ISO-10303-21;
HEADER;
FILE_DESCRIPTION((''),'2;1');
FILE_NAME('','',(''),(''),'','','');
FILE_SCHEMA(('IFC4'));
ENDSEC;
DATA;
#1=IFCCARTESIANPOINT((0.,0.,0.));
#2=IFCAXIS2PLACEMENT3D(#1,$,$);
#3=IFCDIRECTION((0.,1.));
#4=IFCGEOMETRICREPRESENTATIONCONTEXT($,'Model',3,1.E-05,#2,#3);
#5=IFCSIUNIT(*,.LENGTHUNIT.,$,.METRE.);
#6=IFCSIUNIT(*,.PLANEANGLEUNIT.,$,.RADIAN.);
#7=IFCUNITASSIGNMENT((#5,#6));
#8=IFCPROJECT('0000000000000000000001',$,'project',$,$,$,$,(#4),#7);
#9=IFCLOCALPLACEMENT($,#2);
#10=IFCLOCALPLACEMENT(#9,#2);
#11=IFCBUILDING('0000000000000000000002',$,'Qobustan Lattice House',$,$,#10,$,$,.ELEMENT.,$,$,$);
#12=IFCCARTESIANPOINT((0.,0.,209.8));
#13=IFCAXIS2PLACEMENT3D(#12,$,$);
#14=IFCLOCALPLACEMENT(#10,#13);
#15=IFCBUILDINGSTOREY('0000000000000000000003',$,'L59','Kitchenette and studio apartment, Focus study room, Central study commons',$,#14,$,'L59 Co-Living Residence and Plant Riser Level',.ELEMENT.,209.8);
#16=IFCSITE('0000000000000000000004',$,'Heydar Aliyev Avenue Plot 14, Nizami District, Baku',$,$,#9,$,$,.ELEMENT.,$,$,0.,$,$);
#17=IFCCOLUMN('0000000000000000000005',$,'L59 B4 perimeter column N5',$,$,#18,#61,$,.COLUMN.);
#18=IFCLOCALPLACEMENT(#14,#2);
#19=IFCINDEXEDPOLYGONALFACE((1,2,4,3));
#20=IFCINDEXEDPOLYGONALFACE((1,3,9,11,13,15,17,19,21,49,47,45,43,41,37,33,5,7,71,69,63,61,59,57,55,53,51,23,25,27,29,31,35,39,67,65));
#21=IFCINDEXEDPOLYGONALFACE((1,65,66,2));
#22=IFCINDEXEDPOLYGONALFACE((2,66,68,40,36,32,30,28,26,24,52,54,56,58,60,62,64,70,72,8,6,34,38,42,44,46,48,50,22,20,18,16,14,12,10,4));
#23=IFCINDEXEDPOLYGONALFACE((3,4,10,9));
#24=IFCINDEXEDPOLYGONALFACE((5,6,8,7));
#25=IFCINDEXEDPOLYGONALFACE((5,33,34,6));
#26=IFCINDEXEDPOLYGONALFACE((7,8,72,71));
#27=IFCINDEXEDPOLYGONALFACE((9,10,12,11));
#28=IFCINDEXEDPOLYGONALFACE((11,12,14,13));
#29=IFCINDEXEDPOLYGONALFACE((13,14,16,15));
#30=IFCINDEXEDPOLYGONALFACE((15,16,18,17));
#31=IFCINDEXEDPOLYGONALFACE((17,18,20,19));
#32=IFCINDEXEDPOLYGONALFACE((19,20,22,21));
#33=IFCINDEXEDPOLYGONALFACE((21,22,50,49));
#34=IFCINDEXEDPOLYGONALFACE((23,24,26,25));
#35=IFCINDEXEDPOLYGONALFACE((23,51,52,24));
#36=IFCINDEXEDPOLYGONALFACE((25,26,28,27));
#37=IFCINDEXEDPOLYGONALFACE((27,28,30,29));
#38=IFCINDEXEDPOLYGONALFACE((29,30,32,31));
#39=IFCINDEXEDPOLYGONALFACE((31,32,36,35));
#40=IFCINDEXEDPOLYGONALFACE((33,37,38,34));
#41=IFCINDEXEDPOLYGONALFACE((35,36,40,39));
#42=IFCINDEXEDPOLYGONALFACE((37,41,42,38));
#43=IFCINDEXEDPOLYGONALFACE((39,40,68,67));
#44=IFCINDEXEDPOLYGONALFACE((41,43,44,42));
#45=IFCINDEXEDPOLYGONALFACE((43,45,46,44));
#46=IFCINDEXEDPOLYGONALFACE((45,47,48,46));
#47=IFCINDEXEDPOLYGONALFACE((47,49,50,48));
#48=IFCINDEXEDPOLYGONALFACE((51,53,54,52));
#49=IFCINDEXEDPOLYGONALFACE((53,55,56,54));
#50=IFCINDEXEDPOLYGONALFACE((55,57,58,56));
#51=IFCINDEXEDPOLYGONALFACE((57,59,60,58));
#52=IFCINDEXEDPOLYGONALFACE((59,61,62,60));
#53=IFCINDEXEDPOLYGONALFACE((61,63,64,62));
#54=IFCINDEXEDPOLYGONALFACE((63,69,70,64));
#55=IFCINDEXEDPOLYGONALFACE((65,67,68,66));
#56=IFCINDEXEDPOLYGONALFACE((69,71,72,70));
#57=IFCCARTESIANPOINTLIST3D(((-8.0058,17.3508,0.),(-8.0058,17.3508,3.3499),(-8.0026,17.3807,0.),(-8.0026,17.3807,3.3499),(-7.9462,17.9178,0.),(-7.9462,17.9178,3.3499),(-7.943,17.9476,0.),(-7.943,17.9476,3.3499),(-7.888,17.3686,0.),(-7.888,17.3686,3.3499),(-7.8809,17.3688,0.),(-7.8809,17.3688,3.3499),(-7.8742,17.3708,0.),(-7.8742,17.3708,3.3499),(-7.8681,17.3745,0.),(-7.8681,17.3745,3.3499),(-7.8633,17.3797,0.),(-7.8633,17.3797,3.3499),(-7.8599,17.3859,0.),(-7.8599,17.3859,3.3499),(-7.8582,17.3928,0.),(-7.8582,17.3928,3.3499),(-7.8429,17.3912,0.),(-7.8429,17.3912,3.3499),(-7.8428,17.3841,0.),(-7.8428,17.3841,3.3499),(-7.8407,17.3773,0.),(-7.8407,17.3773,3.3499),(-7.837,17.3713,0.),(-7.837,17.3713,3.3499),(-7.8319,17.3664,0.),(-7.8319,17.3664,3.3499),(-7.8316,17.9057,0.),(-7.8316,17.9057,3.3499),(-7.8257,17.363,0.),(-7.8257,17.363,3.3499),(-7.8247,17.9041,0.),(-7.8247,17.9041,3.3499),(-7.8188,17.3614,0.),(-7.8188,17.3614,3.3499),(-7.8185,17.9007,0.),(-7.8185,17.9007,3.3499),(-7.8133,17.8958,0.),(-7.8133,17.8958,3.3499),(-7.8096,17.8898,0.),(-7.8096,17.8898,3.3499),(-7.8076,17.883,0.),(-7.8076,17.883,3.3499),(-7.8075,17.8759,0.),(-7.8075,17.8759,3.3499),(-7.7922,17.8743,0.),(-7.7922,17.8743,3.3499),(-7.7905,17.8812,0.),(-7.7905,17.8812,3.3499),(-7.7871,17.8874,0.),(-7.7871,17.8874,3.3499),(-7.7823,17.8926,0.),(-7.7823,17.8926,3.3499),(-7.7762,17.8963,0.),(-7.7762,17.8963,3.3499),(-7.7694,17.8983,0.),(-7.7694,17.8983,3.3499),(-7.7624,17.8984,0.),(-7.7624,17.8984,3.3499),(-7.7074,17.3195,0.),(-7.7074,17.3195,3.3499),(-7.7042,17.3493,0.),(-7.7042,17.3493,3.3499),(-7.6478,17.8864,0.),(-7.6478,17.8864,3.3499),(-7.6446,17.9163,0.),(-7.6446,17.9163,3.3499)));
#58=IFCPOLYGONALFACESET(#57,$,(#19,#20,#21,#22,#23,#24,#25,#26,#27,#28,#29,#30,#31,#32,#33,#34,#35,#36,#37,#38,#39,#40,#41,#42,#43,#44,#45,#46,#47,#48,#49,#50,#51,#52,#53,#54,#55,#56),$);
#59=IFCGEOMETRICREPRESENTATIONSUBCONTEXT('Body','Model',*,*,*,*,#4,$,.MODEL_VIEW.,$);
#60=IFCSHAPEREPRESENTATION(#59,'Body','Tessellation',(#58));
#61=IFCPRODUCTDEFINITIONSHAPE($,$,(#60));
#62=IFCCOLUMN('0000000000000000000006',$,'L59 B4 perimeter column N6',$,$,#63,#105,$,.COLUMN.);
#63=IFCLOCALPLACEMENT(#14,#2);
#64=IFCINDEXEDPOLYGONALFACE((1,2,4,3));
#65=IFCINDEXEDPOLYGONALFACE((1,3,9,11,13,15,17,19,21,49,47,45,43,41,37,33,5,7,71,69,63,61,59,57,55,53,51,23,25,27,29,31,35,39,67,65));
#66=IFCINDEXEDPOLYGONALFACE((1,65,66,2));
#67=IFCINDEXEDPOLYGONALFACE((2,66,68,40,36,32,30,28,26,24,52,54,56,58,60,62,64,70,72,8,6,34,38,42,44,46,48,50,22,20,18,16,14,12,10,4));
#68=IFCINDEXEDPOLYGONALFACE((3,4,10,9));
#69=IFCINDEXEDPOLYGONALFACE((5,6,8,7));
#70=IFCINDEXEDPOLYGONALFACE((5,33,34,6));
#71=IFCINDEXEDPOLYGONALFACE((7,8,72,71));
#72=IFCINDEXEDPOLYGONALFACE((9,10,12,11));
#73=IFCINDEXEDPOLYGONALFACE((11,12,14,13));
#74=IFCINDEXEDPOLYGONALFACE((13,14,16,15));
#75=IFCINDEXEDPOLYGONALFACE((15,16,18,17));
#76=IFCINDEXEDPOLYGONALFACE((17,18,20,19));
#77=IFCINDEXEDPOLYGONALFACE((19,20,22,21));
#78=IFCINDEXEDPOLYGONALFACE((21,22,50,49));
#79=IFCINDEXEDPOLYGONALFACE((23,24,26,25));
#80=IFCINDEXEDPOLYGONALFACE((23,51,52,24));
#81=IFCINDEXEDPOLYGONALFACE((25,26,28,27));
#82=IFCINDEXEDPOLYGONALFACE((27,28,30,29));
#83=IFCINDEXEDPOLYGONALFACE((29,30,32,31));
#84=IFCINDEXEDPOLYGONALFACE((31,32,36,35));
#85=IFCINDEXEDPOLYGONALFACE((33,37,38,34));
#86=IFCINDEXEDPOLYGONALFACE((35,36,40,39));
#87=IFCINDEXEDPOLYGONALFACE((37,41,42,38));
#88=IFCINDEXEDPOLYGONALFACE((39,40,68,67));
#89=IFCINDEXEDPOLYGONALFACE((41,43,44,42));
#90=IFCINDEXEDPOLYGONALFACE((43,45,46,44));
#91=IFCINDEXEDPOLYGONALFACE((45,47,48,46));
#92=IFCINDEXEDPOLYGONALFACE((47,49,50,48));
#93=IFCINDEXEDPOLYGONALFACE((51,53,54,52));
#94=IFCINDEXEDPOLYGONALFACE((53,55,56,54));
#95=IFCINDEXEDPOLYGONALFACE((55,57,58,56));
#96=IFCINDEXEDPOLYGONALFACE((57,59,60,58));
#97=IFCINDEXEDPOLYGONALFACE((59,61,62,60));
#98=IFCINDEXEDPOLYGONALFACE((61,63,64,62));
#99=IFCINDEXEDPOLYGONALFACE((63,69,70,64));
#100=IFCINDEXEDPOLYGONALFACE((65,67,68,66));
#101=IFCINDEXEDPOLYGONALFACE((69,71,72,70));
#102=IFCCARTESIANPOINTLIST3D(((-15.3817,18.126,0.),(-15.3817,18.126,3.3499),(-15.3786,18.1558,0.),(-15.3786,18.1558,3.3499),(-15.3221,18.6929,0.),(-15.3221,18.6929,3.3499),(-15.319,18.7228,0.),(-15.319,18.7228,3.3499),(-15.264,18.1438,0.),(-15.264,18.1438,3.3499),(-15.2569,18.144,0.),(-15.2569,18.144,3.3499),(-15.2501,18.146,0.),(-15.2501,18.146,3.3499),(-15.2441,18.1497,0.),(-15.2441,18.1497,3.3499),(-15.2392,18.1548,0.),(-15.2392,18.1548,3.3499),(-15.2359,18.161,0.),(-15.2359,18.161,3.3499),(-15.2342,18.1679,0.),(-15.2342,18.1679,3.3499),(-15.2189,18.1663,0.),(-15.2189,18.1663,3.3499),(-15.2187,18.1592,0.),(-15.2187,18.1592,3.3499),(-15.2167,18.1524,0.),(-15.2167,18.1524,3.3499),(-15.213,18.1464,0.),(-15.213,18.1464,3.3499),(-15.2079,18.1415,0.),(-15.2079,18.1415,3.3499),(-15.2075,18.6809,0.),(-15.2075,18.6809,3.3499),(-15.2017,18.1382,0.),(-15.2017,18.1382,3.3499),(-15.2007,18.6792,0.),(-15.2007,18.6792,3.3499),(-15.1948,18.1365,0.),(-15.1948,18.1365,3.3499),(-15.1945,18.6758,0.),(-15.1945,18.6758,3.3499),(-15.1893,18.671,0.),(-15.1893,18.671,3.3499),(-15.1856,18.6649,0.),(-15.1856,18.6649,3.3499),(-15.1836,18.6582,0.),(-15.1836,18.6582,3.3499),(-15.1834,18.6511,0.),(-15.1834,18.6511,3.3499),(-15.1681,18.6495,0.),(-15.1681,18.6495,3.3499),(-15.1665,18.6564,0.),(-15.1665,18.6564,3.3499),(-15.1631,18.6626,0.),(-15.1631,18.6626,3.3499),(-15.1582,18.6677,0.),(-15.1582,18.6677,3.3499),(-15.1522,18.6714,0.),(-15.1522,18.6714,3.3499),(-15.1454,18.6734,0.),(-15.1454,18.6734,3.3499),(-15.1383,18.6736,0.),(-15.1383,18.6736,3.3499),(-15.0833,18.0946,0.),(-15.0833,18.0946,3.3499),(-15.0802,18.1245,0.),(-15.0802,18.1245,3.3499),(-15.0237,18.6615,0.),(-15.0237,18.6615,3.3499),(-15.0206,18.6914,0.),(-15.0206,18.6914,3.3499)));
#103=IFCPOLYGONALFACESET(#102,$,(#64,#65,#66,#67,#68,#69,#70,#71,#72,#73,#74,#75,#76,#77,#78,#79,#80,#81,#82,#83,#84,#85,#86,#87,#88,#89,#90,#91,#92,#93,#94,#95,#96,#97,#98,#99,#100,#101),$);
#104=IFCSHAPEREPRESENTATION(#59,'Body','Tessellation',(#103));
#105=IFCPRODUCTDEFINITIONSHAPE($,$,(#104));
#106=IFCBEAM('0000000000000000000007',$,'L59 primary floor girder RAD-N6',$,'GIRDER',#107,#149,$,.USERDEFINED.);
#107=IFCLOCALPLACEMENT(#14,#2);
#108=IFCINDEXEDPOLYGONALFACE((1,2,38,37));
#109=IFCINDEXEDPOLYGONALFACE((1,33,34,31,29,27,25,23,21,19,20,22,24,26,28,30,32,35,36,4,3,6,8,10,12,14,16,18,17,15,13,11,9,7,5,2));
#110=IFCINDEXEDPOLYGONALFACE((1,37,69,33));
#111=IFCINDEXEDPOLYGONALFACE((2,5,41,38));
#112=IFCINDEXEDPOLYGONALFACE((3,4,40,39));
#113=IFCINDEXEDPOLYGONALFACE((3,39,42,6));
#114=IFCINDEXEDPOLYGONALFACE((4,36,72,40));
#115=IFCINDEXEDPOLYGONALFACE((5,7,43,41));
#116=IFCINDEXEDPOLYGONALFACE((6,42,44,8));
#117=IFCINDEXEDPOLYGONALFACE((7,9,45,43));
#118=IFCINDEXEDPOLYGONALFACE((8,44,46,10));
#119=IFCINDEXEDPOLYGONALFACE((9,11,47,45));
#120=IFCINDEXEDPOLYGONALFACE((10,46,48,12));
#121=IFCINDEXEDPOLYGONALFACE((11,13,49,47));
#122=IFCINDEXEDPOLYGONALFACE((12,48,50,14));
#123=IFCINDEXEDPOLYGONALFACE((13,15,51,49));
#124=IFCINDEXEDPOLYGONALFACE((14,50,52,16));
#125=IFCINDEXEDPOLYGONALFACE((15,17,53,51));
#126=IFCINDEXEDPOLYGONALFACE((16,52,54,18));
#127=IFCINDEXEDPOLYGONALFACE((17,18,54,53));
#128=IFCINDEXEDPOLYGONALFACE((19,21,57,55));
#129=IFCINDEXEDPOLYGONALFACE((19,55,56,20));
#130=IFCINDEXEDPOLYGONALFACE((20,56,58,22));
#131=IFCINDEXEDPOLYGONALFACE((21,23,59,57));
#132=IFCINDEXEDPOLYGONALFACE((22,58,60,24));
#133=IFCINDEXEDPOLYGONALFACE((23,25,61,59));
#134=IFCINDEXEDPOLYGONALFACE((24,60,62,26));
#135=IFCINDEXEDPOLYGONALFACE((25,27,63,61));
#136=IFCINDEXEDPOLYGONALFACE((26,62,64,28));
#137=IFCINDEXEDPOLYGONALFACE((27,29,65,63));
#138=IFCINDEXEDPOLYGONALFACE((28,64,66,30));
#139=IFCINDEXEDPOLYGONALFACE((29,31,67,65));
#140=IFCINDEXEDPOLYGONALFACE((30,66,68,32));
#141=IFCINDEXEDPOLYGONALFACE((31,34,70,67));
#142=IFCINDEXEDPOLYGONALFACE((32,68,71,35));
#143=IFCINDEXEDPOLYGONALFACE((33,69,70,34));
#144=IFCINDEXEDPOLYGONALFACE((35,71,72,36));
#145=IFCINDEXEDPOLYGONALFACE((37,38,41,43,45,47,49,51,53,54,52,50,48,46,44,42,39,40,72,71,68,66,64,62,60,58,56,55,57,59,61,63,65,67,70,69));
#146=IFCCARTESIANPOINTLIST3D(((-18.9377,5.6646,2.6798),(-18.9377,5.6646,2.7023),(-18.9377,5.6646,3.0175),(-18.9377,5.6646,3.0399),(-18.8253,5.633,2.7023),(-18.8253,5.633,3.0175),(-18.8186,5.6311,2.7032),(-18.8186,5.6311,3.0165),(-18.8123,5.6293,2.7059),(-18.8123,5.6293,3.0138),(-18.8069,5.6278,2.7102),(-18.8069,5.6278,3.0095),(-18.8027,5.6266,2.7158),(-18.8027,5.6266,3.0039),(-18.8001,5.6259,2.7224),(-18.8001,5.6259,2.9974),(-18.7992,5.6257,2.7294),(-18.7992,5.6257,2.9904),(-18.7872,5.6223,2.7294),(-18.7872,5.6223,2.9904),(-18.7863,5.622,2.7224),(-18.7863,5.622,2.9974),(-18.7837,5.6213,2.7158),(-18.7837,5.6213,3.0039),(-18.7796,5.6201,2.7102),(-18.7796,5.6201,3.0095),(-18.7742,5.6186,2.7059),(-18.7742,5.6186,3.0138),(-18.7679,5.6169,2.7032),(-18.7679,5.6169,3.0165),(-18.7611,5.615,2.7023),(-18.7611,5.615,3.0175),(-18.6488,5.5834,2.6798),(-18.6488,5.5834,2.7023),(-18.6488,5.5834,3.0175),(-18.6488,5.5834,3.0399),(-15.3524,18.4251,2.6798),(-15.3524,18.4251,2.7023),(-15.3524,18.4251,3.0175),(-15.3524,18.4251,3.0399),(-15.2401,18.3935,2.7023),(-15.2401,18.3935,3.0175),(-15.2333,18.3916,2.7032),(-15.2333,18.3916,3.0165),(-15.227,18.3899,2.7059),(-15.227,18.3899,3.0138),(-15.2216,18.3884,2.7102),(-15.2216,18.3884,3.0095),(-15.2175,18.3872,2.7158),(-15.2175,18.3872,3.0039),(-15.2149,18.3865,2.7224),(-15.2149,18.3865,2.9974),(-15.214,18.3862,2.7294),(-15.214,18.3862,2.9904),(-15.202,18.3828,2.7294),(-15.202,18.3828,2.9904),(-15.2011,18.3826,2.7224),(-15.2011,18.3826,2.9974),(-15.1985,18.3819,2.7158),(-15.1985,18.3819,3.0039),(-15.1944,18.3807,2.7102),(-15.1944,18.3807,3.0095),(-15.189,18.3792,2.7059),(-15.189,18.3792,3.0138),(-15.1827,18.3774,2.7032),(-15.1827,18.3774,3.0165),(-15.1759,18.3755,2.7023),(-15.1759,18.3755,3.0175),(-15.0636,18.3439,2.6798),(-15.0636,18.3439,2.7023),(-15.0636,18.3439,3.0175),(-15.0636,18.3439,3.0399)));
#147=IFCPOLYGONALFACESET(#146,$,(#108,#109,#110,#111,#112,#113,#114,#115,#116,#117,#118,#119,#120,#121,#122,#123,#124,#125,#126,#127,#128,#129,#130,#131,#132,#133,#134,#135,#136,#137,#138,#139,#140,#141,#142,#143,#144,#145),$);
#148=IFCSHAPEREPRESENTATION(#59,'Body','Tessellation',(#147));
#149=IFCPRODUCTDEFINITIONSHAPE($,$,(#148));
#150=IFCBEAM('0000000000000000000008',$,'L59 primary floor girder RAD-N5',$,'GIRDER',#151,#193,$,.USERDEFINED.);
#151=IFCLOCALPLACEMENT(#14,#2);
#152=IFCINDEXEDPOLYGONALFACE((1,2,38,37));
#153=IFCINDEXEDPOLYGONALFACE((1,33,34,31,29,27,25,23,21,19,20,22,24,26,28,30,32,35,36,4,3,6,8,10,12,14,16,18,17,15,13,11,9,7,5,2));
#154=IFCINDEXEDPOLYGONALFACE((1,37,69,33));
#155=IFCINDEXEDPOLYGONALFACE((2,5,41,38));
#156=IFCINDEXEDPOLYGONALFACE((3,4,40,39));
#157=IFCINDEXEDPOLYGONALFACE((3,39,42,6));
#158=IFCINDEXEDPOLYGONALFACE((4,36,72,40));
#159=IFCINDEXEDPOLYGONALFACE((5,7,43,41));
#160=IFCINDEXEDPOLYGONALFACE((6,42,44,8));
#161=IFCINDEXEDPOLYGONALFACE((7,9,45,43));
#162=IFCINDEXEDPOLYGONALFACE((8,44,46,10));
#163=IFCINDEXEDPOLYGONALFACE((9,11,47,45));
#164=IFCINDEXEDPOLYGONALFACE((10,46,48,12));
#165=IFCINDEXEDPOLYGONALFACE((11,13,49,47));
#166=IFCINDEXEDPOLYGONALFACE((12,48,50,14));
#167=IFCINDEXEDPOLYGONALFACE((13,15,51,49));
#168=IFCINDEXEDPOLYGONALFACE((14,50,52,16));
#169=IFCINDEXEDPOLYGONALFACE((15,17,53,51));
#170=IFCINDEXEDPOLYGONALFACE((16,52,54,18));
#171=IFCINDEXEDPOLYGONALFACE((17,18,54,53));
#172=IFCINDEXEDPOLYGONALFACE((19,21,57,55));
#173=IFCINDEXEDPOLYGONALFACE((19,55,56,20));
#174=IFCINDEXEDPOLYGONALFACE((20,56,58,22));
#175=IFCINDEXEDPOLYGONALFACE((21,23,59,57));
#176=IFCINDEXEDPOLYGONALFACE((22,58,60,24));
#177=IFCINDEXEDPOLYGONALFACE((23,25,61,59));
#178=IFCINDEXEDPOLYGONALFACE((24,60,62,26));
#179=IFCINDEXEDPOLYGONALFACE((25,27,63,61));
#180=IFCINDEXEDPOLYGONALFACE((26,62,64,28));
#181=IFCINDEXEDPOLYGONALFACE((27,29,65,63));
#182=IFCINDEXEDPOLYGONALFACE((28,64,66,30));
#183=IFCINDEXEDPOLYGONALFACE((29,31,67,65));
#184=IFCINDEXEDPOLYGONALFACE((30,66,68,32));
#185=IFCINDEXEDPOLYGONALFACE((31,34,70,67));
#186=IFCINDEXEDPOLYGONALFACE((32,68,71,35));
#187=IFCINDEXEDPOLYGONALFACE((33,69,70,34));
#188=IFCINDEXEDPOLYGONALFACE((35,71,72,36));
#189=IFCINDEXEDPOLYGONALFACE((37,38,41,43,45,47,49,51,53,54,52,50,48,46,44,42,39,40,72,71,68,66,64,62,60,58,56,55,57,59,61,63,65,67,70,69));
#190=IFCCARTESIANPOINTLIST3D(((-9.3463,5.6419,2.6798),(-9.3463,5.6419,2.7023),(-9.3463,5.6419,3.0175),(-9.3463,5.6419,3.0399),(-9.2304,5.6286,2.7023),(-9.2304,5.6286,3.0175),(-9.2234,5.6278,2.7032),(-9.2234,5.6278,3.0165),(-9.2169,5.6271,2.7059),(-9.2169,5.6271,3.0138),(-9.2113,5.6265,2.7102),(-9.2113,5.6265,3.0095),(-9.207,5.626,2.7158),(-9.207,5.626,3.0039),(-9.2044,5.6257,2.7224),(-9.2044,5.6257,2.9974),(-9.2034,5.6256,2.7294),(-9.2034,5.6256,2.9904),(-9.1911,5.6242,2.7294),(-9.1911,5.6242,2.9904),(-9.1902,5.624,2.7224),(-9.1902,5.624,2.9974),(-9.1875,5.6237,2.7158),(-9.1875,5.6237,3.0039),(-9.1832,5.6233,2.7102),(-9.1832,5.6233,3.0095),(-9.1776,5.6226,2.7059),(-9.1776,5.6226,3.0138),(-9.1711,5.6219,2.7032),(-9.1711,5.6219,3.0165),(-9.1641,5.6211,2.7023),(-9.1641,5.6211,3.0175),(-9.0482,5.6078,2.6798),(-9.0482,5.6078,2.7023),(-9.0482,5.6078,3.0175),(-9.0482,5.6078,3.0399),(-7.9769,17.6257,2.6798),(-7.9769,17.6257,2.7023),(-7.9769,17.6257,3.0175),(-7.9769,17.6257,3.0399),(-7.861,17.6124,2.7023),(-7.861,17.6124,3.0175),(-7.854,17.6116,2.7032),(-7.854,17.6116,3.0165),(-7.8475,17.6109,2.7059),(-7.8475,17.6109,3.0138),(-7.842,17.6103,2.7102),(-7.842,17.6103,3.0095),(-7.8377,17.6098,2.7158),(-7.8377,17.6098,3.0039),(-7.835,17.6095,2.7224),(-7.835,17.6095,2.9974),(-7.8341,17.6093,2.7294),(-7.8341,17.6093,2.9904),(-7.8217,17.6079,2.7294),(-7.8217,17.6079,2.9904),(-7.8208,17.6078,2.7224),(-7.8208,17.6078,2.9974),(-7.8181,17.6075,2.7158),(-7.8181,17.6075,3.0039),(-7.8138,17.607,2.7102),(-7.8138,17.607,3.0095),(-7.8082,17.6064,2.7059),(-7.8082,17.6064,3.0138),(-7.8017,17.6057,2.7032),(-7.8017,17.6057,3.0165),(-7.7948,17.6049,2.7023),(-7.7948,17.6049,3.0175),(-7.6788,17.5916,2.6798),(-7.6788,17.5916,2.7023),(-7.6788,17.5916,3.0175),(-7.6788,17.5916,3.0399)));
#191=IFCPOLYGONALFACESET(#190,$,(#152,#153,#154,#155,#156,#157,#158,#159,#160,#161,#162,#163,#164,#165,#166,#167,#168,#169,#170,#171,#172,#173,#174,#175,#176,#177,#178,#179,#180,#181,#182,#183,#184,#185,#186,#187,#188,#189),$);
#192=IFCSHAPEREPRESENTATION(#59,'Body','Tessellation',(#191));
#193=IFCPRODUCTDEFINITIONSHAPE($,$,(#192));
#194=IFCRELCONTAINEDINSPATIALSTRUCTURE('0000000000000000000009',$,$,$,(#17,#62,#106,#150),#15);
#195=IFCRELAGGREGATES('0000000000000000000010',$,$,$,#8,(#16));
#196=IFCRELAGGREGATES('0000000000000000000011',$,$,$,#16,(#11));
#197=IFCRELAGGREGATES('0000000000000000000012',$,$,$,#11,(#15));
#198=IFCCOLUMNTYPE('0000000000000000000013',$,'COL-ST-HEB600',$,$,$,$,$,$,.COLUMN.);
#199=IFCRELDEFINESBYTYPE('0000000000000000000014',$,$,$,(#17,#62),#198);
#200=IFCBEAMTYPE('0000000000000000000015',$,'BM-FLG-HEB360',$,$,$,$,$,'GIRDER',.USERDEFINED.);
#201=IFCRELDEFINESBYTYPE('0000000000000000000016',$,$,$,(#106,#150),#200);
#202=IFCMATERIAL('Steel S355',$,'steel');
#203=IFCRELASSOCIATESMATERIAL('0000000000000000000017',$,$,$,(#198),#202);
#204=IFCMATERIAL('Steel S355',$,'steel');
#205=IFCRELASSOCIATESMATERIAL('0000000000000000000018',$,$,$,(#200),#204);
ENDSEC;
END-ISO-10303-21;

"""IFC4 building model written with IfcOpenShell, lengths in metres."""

from ifc_helpers import new_model, si_unit, direction, frame, origin, origin_2d, place, context, subcontext, project, spatial, i_section, extrude, material, material_profile, profile_set, type_object, element, save


model = new_model("IFC4")

# Units and contexts
model_context = context("Model", 3, precision=1e-05, world=origin(), true_north=direction((0.0, 1.0)))
body_context = subcontext(model_context, "Body", "Model", "MODEL_VIEW")
ifc_project = project(units=[si_unit("LENGTHUNIT", "METRE"), si_unit("PLANEANGLEUNIT", "RADIAN")], contexts=[model_context])

# Site, building, storey
site_placement = place(None, origin())
site = spatial("IfcSite", under=ifc_project, at=site_placement, Name="Heydar Aliyev Avenue Plot 14, Nizami District, Baku", CompositionType="ELEMENT", RefElevation=0.0)
building_placement = place(site_placement, origin())
building = spatial("IfcBuilding", under=site, at=building_placement, Name="Qobustan Lattice House", CompositionType="ELEMENT")
storey_placement = place(building_placement, frame((0.0, 0.0, 209.8)))
storey = spatial("IfcBuildingStorey", under=building, at=storey_placement, Name="L59", Description="Kitchenette and studio apartment, Focus study room, Central study commons", LongName="L59 Co-Living Residence and Plant Riser Level", CompositionType="ELEMENT", Elevation=209.8)

# Columns
ifc_material_1 = material(Name="Steel S355", Category="steel")
ifc_material_profile_1 = material_profile(ifc_material_1, i_section(OverallWidth=0.3, OverallDepth=0.6001, WebThickness=0.0154, FlangeThickness=0.03, FilletRadius=0.0271, at=origin_2d()), Name="HEB600")
ifc_profile_set_1 = profile_set([ifc_material_profile_1], Name="Steel S355")
column_type = type_object("IfcColumnType", Name="COL-ST-HEB600", PredefinedType="COLUMN", material=ifc_profile_set_1)
for number, where, z_axis, x_axis, name in (
    (1, (-7.8252, 17.6335, 0.0), (0.0, 0.0, 1.0), (0.994522, -0.104528, 0.0), "L59 B4 perimeter column N5"),
    (2, (-15.2012, 18.4087, 0.0), (0.0, 0.0, 1.0), (0.994522, -0.104528, 0.0), "L59 B4 perimeter column N6"),
):
    element("IfcColumn", number, at=place(storey_placement, frame(where, z_axis=z_axis, x_axis=x_axis)), inside=storey, type_object=column_type, Name=name, PredefinedType="COLUMN", context=body_context, shape_type="SweptSolid", body=[
        extrude(i_section(OverallWidth=0.3, OverallDepth=0.6001, WebThickness=0.0154, FlangeThickness=0.03, FilletRadius=0.0271, at=origin_2d()), origin(), (0.0, 0.0, 1.0), 3.3499),
    ])

# Beams
ifc_material_2 = material(Name="Steel S355", Category="steel")
ifc_material_profile_2 = material_profile(ifc_material_2, i_section(OverallWidth=0.3, OverallDepth=0.3601, WebThickness=0.0125, FlangeThickness=0.0225, FilletRadius=0.0271, at=origin_2d()), Name="HEB360")
ifc_profile_set_2 = profile_set([ifc_material_profile_2], Name="Steel S355")
beam_type_1 = type_object("IfcBeamType", Name="BM-FLG-HEB360", ElementType="GIRDER", PredefinedType="USERDEFINED", material=ifc_profile_set_2)
beam_1_placement = place(storey_placement, frame((-15.208, 18.3845, 2.8599), z_axis=(-0.270488, -0.962723, 0.0), x_axis=(0.962723, -0.270488, 0.0)))
element("IfcBeam", 3, at=beam_1_placement, inside=storey, type_object=beam_type_1, Name="L59 primary floor girder RAD-N6", ObjectType="GIRDER", PredefinedType="USERDEFINED", context=body_context, shape_type="SweptSolid", body=[
    extrude(i_section(OverallWidth=0.3, OverallDepth=0.3601, WebThickness=0.0125, FlangeThickness=0.0225, FilletRadius=0.0271, at=origin_2d()), origin(), (0.0, 0.0, 1.0), 13.2546),
])
beam_2_placement = place(storey_placement, frame((-7.8279, 17.6086, 2.8599), z_axis=(-0.11353, -0.993535, 0.0), x_axis=(0.993535, -0.11353, 0.0)))
element("IfcBeam", 4, at=beam_2_placement, inside=storey, type_object=beam_type_1, Name="L59 primary floor girder RAD-N5", ObjectType="GIRDER", PredefinedType="USERDEFINED", context=body_context, shape_type="SweptSolid", body=[
    extrude(i_section(OverallWidth=0.3, OverallDepth=0.3601, WebThickness=0.0125, FlangeThickness=0.0225, FilletRadius=0.0271, at=origin_2d()), origin(), (0.0, 0.0, 1.0), 12.0618),
])

save(model, "model.ifc")
